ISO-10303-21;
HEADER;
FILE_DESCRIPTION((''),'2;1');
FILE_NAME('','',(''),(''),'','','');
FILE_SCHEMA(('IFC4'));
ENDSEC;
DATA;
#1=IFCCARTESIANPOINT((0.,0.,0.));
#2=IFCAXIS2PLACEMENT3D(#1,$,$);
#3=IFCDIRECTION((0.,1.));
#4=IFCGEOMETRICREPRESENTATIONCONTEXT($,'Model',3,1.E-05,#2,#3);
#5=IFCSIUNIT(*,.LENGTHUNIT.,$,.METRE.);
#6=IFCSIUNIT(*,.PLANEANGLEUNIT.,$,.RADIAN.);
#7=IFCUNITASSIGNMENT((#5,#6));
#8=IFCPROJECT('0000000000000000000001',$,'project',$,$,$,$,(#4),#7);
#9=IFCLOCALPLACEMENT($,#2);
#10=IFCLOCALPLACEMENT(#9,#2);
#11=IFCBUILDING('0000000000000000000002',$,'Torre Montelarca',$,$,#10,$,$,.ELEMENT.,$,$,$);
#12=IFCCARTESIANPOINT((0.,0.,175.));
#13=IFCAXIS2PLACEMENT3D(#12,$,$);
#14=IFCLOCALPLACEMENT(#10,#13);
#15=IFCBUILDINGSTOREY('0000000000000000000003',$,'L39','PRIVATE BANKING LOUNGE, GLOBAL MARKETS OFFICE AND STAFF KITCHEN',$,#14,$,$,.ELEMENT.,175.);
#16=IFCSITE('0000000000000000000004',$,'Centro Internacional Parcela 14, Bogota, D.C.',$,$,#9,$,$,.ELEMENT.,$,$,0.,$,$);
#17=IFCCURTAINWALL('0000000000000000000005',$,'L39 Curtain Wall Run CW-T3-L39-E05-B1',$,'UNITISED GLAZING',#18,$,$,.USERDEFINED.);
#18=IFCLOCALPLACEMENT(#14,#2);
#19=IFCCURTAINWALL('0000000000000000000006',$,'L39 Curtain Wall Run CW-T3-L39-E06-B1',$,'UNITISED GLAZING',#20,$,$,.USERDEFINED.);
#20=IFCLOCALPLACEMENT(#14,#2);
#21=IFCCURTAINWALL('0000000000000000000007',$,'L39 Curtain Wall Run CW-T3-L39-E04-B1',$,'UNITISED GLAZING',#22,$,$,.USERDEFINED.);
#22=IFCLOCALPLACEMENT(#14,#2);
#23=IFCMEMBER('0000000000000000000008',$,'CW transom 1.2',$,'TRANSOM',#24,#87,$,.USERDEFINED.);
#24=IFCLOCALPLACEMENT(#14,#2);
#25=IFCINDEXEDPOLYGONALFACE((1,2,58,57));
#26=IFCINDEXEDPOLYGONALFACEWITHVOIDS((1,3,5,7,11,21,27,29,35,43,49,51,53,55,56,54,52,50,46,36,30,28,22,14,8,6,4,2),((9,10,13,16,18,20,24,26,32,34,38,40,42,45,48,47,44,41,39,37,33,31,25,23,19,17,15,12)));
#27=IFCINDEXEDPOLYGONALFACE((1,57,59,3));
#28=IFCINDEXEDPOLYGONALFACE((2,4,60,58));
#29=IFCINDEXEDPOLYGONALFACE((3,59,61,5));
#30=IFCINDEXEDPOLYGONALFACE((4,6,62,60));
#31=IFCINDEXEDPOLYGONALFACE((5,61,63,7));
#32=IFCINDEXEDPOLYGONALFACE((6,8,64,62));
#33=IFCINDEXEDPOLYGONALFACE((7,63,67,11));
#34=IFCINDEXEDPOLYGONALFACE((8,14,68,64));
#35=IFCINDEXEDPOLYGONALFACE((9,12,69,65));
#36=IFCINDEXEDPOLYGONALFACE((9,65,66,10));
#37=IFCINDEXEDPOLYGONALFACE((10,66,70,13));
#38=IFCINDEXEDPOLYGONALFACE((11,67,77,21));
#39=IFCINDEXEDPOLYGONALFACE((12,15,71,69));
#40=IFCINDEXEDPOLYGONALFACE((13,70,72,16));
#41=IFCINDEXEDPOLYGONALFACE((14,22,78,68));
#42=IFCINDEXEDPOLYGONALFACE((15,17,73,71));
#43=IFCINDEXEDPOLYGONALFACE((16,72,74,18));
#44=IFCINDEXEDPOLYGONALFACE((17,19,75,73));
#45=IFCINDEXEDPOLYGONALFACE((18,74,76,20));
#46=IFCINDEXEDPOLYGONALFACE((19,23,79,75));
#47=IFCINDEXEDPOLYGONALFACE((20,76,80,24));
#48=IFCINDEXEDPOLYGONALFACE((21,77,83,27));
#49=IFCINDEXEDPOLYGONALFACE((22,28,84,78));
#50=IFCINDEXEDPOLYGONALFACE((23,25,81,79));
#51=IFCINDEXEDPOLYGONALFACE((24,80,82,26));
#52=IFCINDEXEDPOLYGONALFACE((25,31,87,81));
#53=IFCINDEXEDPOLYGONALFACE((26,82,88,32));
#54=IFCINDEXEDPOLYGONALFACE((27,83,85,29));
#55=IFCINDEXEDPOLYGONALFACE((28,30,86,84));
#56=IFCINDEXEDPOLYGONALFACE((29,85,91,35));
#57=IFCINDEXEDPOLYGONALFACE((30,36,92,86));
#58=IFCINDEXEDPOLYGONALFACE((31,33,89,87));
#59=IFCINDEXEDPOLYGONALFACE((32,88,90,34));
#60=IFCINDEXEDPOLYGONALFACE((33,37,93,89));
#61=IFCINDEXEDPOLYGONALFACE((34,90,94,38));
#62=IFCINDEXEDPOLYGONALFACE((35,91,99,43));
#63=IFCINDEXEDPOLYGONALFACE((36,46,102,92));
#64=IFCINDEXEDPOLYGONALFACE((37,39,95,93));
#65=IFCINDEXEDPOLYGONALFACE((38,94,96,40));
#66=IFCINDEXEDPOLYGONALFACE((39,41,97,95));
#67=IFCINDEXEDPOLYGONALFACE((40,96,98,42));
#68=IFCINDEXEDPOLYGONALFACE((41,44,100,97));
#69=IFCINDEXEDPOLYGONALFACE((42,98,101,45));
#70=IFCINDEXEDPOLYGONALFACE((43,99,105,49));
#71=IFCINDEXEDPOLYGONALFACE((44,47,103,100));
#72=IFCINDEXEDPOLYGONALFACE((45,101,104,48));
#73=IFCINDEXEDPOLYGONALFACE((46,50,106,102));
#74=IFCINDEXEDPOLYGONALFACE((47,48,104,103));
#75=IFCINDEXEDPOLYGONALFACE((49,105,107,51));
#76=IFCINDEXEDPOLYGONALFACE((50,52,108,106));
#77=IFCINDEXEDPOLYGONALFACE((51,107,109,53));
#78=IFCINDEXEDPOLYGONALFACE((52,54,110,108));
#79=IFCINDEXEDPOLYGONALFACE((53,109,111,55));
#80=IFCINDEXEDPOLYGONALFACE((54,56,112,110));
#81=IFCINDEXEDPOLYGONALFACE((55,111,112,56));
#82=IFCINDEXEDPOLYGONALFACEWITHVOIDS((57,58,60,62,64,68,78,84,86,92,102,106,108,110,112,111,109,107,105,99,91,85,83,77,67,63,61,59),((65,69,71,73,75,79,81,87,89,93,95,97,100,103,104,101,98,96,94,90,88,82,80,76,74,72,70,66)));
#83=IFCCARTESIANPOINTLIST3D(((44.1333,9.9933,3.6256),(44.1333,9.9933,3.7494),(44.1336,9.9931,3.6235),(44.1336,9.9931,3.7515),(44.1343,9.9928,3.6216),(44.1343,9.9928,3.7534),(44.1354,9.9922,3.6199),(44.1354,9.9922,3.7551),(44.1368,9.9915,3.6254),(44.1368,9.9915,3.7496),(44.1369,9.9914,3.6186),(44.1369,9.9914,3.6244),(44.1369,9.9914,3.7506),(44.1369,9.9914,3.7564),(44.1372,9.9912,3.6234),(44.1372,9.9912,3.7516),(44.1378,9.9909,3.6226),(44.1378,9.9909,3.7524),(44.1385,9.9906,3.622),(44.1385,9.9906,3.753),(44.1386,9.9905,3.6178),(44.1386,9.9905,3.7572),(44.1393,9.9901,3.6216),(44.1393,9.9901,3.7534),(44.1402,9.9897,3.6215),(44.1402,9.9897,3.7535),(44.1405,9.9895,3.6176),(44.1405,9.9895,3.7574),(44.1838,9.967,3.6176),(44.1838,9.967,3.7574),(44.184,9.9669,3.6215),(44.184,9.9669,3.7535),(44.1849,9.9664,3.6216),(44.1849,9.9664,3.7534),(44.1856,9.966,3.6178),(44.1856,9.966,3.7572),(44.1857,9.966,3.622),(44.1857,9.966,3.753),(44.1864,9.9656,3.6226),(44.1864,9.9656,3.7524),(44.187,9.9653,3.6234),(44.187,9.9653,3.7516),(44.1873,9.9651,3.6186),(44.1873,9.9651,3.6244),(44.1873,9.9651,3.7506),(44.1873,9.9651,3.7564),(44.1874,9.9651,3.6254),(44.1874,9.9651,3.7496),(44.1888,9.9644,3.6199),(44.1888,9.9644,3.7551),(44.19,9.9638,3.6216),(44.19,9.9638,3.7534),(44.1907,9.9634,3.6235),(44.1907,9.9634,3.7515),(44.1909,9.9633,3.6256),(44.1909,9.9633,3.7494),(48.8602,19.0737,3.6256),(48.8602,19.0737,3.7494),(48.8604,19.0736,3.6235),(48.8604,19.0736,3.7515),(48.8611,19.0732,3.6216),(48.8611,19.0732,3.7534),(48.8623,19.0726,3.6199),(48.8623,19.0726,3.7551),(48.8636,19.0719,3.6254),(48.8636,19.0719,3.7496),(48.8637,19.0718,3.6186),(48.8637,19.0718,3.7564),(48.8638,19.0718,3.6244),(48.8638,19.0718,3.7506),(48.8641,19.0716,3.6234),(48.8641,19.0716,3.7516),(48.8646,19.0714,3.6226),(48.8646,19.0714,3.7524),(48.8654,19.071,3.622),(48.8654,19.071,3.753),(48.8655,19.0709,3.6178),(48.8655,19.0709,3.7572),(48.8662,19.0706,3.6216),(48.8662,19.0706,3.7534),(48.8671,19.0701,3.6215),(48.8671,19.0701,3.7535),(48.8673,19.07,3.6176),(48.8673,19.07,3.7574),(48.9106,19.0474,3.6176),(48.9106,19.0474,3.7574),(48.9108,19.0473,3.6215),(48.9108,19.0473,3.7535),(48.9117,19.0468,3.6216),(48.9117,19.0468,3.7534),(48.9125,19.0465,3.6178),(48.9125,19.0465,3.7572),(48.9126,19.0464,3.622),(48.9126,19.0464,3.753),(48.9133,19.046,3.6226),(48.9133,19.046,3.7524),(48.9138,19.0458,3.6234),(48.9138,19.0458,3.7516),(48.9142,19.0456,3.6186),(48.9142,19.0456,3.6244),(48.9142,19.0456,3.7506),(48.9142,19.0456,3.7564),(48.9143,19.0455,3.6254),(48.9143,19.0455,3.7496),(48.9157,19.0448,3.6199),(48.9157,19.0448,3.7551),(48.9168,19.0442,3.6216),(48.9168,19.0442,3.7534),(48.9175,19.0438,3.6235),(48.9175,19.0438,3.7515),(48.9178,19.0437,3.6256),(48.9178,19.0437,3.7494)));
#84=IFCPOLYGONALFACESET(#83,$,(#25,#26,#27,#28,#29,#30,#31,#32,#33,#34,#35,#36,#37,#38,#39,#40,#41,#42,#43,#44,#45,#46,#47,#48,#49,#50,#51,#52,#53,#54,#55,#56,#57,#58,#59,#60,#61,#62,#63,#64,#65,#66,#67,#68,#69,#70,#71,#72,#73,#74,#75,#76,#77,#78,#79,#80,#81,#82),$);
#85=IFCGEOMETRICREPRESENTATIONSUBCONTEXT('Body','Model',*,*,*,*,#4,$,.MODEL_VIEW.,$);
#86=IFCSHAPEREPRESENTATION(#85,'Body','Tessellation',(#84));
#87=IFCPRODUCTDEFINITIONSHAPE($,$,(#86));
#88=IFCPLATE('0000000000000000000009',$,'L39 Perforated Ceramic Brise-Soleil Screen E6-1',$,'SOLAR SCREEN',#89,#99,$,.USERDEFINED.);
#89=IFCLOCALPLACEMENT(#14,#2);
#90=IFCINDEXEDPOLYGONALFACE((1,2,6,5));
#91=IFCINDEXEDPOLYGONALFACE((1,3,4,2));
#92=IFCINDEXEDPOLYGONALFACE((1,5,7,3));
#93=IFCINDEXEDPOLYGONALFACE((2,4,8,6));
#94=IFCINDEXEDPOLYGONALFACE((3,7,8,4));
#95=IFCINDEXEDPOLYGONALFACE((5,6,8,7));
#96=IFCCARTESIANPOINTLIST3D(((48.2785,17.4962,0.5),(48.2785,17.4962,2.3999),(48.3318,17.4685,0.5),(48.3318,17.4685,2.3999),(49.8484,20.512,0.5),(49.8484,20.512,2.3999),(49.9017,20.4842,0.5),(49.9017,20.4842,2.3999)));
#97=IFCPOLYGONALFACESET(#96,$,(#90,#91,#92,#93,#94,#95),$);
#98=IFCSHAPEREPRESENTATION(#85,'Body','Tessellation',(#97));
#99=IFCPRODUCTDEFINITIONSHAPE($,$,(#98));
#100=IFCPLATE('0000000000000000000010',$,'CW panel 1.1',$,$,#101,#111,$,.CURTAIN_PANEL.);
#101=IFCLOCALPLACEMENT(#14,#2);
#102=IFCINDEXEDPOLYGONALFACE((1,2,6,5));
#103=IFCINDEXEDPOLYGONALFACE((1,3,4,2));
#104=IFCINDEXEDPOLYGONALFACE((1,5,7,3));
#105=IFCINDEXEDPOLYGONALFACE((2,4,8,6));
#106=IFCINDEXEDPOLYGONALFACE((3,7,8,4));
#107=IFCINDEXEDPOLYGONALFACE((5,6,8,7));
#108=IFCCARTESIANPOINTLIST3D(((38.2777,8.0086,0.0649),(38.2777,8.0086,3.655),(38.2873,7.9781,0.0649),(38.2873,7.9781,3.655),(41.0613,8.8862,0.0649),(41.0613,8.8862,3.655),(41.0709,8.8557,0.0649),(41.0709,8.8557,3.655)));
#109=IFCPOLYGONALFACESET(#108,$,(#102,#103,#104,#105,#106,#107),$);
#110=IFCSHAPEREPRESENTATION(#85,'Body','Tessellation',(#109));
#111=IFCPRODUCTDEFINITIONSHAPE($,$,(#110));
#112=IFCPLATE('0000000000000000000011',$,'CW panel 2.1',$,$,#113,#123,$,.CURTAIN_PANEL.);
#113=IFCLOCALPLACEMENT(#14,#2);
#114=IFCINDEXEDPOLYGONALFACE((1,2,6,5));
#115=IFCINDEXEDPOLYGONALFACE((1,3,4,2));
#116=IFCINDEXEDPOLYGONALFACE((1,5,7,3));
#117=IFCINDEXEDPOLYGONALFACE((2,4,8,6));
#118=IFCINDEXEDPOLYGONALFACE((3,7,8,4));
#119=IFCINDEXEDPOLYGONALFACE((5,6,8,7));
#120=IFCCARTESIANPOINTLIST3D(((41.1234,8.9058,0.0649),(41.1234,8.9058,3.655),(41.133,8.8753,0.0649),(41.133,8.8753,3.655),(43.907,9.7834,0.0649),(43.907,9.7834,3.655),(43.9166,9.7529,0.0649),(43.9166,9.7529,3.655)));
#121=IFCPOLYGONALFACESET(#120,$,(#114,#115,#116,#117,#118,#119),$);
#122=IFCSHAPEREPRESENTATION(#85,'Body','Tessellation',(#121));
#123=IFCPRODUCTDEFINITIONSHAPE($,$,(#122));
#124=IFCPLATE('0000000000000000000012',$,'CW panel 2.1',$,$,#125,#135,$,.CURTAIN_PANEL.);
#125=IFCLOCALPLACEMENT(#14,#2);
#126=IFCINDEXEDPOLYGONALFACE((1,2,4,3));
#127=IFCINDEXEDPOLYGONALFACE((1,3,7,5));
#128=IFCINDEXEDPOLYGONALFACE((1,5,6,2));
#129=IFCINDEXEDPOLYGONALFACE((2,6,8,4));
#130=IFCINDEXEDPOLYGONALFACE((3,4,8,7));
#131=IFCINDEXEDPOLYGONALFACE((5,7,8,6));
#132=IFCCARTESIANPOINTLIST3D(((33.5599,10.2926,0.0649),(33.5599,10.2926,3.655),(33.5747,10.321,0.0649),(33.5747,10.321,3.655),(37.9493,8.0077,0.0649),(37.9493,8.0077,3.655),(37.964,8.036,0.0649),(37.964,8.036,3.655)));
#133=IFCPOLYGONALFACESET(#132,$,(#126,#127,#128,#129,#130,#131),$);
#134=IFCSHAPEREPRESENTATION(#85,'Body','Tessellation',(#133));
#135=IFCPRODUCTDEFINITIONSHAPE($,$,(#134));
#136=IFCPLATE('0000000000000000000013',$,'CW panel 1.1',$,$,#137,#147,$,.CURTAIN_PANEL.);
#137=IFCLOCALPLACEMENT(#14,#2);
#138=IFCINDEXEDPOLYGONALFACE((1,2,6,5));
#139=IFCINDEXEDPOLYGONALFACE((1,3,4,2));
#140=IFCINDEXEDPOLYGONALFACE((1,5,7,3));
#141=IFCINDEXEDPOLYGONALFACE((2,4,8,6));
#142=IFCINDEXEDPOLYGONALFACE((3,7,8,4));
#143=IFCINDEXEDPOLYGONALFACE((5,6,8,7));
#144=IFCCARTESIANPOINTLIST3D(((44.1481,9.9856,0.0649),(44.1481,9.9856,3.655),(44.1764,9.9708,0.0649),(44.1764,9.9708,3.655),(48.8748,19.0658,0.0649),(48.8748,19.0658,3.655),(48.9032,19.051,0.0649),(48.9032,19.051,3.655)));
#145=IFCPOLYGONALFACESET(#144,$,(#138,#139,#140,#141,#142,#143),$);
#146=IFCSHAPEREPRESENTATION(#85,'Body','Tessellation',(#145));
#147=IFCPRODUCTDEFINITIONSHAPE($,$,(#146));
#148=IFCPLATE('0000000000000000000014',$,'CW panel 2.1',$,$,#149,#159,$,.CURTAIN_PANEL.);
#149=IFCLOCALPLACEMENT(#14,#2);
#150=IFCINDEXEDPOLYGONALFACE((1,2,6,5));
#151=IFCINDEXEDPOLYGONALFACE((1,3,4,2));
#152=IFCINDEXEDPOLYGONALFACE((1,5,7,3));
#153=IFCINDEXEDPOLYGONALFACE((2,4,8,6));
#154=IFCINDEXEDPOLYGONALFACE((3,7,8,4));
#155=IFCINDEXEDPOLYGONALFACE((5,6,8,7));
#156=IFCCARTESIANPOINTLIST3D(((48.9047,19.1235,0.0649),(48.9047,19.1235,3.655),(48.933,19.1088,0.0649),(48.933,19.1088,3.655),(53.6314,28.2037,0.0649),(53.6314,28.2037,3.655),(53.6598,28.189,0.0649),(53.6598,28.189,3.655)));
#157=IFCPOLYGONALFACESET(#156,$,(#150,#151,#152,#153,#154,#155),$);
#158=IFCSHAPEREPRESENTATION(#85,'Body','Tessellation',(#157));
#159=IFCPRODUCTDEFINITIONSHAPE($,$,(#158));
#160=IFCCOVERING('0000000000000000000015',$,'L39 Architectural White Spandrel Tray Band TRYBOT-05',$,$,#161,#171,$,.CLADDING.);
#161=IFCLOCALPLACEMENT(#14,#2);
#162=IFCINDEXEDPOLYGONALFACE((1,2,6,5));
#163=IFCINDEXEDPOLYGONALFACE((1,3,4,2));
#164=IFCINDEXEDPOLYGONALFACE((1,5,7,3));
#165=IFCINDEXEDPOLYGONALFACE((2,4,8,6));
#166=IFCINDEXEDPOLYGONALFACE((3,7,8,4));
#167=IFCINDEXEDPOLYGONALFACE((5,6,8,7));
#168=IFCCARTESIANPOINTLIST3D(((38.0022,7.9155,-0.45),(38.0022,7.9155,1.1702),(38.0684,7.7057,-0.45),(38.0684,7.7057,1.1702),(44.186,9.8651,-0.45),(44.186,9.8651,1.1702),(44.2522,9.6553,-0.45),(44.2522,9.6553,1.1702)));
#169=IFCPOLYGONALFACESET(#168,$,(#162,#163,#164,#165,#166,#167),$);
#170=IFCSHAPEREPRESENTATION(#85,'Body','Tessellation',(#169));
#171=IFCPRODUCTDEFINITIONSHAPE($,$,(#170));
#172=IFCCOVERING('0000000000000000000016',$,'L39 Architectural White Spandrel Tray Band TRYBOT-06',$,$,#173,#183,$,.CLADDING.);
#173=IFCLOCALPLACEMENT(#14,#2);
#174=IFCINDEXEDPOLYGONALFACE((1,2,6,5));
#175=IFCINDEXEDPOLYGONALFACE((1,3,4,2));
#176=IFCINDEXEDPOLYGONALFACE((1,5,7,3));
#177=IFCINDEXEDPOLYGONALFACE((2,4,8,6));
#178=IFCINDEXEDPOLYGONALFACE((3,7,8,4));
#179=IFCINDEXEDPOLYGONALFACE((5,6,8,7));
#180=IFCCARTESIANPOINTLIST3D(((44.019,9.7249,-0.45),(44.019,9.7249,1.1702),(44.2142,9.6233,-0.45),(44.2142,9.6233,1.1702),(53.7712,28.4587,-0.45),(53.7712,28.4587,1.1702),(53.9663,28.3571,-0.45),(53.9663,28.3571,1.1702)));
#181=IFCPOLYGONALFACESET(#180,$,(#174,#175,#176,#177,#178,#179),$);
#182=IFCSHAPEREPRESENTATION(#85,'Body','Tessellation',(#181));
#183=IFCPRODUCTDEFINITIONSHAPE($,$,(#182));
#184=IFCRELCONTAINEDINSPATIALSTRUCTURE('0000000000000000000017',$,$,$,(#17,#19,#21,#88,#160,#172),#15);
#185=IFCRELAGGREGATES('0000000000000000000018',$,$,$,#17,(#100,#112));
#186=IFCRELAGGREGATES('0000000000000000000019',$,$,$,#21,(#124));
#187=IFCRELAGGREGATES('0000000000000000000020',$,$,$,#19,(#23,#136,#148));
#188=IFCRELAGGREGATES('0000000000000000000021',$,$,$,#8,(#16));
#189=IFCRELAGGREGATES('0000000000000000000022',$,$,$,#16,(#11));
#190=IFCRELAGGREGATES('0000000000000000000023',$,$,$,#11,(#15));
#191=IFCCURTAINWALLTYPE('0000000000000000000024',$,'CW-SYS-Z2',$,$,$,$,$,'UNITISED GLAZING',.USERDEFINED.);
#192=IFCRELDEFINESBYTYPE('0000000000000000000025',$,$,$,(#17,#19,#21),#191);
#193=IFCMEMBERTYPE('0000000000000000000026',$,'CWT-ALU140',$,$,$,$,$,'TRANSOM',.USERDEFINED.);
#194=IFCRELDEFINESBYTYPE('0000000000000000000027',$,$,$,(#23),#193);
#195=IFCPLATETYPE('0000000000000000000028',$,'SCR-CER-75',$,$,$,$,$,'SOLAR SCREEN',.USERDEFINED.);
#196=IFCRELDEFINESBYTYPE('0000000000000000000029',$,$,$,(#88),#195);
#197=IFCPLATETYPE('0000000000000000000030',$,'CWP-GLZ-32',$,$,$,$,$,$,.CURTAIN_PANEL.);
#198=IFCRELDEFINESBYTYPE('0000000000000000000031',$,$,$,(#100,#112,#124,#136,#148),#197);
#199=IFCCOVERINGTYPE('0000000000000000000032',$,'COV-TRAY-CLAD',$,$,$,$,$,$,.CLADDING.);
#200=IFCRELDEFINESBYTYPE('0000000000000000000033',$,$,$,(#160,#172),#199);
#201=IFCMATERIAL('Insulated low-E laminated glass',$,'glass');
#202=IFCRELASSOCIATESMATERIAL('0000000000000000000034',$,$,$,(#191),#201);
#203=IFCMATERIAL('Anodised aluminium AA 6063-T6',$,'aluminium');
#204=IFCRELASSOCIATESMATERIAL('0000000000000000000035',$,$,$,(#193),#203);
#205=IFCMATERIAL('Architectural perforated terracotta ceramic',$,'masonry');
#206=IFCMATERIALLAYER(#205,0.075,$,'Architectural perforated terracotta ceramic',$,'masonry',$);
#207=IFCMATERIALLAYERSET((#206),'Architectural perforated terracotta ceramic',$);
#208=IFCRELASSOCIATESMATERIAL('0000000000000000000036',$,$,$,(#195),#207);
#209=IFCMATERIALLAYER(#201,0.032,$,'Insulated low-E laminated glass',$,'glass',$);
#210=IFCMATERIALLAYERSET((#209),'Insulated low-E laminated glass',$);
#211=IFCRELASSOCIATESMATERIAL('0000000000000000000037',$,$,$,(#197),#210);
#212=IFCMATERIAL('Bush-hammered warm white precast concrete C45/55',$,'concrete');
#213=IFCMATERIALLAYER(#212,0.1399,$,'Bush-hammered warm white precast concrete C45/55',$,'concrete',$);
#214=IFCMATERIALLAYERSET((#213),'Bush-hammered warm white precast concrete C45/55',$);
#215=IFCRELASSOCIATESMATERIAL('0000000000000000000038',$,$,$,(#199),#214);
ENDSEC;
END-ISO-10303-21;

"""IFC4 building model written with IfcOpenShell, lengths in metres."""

from ifc_helpers import new_model, si_unit, direction, frame, origin, origin_2d, place, context, subcontext, project, spatial, rectangle, hollow_rectangle, extrude, source, transform, mapped, material, layer, layer_set, material_profile, profile_set, type_object, element, aggregate, save


model = new_model("IFC4")

# Units and contexts
model_context = context("Model", 3, precision=1e-05, world=origin(), true_north=direction((0.0, 1.0)))
body_context = subcontext(model_context, "Body", "Model", "MODEL_VIEW")
ifc_project = project(units=[si_unit("LENGTHUNIT", "METRE"), si_unit("PLANEANGLEUNIT", "RADIAN")], contexts=[model_context])

# Site, building, storey
site_placement = place(None, origin())
site = spatial("IfcSite", under=ifc_project, at=site_placement, Name="Centro Internacional Parcela 14, Bogota, D.C.", CompositionType="ELEMENT", RefElevation=0.0)
building_placement = place(site_placement, origin())
building = spatial("IfcBuilding", under=site, at=building_placement, Name="Torre Montelarca", CompositionType="ELEMENT")
storey_placement = place(building_placement, frame((0.0, 0.0, 175.0)))
storey = spatial("IfcBuildingStorey", under=building, at=storey_placement, Name="L39", Description="PRIVATE BANKING LOUNGE, GLOBAL MARKETS OFFICE AND STAFF KITCHEN", CompositionType="ELEMENT", Elevation=175.0)

# Curtain walls
ifc_material_1 = material(Name="Insulated low-E laminated glass", Category="glass")
curtain_wall_type = type_object("IfcCurtainWallType", Name="CW-SYS-Z2", ElementType="UNITISED GLAZING", PredefinedType="USERDEFINED", material=ifc_material_1)
curtain_wall_1_placement = place(storey_placement, origin())
curtain_wall_1 = element("IfcCurtainWall", 1, at=curtain_wall_1_placement, inside=storey, type_object=curtain_wall_type, Name="L39 Curtain Wall Run CW-T3-L39-E05-B1", ObjectType="UNITISED GLAZING", PredefinedType="USERDEFINED")
ifc_material_2 = material(Name="Anodised aluminium AA 6063-T6", Category="aluminium")
ifc_material_profile_1 = material_profile(ifc_material_2, hollow_rectangle(XDim=0.0649, YDim=0.1399, WallThickness=0.0039, InnerFilletRadius=0.0039, OuterFilletRadius=0.0081, at=origin_2d()), Name="ALU65X140X4", Category="aluminium")
ifc_profile_set_1 = profile_set([ifc_material_profile_1], Name="Anodised aluminium AA 6063-T6")
member_type_1 = type_object("IfcMemberType", Name="CWT-ALU140", ElementType="TRANSOM", PredefinedType="USERDEFINED", material=ifc_profile_set_1)
curtain_wall_2_placement = place(storey_placement, origin())
curtain_wall_2 = element("IfcCurtainWall", 2, at=curtain_wall_2_placement, inside=storey, type_object=curtain_wall_type, Name="L39 Curtain Wall Run CW-T3-L39-E06-B1", ObjectType="UNITISED GLAZING", PredefinedType="USERDEFINED")

# Curtain wall
curtain_wall_3_placement = place(storey_placement, origin())
curtain_wall_3 = element("IfcCurtainWall", 3, at=curtain_wall_3_placement, inside=storey, type_object=curtain_wall_type, Name="L39 Curtain Wall Run CW-T3-L39-E04-B1", ObjectType="UNITISED GLAZING", PredefinedType="USERDEFINED")

# Member
shared_shape_1 = source(origin(), body_context, "Body", "SweptSolid", [
    extrude(hollow_rectangle(XDim=0.0649, YDim=0.1399, WallThickness=0.0039, InnerFilletRadius=0.0039, OuterFilletRadius=0.0081, at=origin_2d()), origin(), (0.0, 0.0, 1.0), 10.2371),
])
member_1_placement = place(storey_placement, frame((44.1621, 9.9783, 3.6875), z_axis=(0.46174, 0.887015, 0.0), x_axis=(-0.887015, 0.46174, 0.0)))
member_1 = element("IfcMember", 4, at=member_1_placement, type_object=member_type_1, Name="CW transom 1.2", ObjectType="TRANSOM", PredefinedType="USERDEFINED", context=body_context, shape_type="MappedRepresentation", body=[
    mapped(shared_shape_1, transform((0.0, 0.0, 0.0), scale=1.0)),
])

# Plates
ifc_material_3 = material(Name="Architectural perforated terracotta ceramic", Category="masonry")
ifc_layer_1 = layer(ifc_material_3, 0.075, Name="Architectural perforated terracotta ceramic", Category="masonry")
ifc_layer_set_1 = layer_set([ifc_layer_1], Name="Architectural perforated terracotta ceramic")
plate_type_1 = type_object("IfcPlateType", Name="SCR-CER-75", ElementType="SOLAR SCREEN", PredefinedType="USERDEFINED", material=ifc_layer_set_1)
shared_shape_2 = source(origin(), body_context, "Body", "SweptSolid", [
    extrude(rectangle(XDim=3.3999, YDim=0.0601, at=origin_2d()), origin(), (0.0, 0.0, 1.0), 1.8999),
])
plate_1_placement = place(storey_placement, frame((49.0901, 18.9902, 0.5), z_axis=(0.0, 0.0, 1.0), x_axis=(0.461747, 0.887012, 0.0)))
element("IfcPlate", 5, at=plate_1_placement, inside=storey, type_object=plate_type_1, Name="L39 Perforated Ceramic Brise-Soleil Screen E6-1", ObjectType="SOLAR SCREEN", PredefinedType="USERDEFINED", context=body_context, shape_type="MappedRepresentation", body=[
    mapped(shared_shape_2, transform((0.0, 0.0, 0.0), scale=1.0)),
])
ifc_layer_2 = layer(ifc_material_1, 0.032, Name="Insulated low-E laminated glass", Category="glass")
ifc_layer_set_2 = layer_set([ifc_layer_2], Name="Insulated low-E laminated glass")
plate_type_2 = type_object("IfcPlateType", Name="CWP-GLZ-32", PredefinedType="CURTAIN_PANEL", material=ifc_layer_set_2)
shared_shape_3 = source(origin(), body_context, "Body", "SweptSolid", [
    extrude(rectangle(XDim=2.9187, YDim=0.032, at=origin_2d()), origin(), (0.0, 0.0, 1.0), 3.5901),
])
plate_2_placement = place(storey_placement, frame((39.6743, 8.4321, 0.0649), z_axis=(0.0, 0.0, 1.0), x_axis=(0.953725, 0.300679, 0.0)))
plate_2 = element("IfcPlate", 6, at=plate_2_placement, type_object=plate_type_2, Name="CW panel 1.1", PredefinedType="CURTAIN_PANEL", context=body_context, shape_type="MappedRepresentation", body=[
    mapped(shared_shape_3, transform((0.0, 0.0, 0.0), scale=1.0)),
])
plate_3_placement = place(storey_placement, frame((42.52, 9.3293, 0.0649), z_axis=(0.0, 0.0, 1.0), x_axis=(0.953725, 0.300679, 0.0)))
plate_3 = element("IfcPlate", 7, at=plate_3_placement, type_object=plate_type_2, Name="CW panel 2.1", PredefinedType="CURTAIN_PANEL", context=body_context, shape_type="MappedRepresentation", body=[
    mapped(shared_shape_3, transform((0.0, 0.0, 0.0), scale=1.0)),
])
aggregate(curtain_wall_1, [plate_2, plate_3])
shared_shape_4 = source(origin(), body_context, "Body", "SweptSolid", [
    extrude(rectangle(XDim=4.9485, YDim=0.032, at=origin_2d()), origin(), (0.0, 0.0, 1.0), 3.5901),
])
plate_4_placement = place(storey_placement, frame((35.762, 9.1643, 0.0649), z_axis=(0.0, 0.0, 1.0), x_axis=(0.887013, -0.461744, 0.0)))
plate_4 = element("IfcPlate", 8, at=plate_4_placement, type_object=plate_type_2, Name="CW panel 2.1", PredefinedType="CURTAIN_PANEL", context=body_context, shape_type="MappedRepresentation", body=[
    mapped(shared_shape_4, transform((0.0, 0.0, 0.0), scale=1.0)),
])
aggregate(curtain_wall_3, [plate_4])
shared_shape_5 = source(origin(), body_context, "Body", "SweptSolid", [
    extrude(rectangle(XDim=10.2368, YDim=0.032, at=origin_2d()), origin(), (0.0, 0.0, 1.0), 3.5901),
])
plate_5_placement = place(storey_placement, frame((46.5256, 14.5183, 0.0649), z_axis=(0.0, 0.0, 1.0), x_axis=(0.461743, 0.887014, 0.0)))
plate_5 = element("IfcPlate", 9, at=plate_5_placement, type_object=plate_type_2, Name="CW panel 1.1", PredefinedType="CURTAIN_PANEL", context=body_context, shape_type="MappedRepresentation", body=[
    mapped(shared_shape_5, transform((0.0, 0.0, 0.0), scale=1.0)),
])
plate_6_placement = place(storey_placement, frame((51.2822, 23.6562, 0.0649), z_axis=(0.0, 0.0, 1.0), x_axis=(0.461743, 0.887014, 0.0)))
plate_6 = element("IfcPlate", 10, at=plate_6_placement, type_object=plate_type_2, Name="CW panel 2.1", PredefinedType="CURTAIN_PANEL", context=body_context, shape_type="MappedRepresentation", body=[
    mapped(shared_shape_5, transform((0.0, 0.0, 0.0), scale=1.0)),
])
aggregate(curtain_wall_2, [member_1, plate_5, plate_6])

# Coverings
ifc_material_4 = material(Name="Bush-hammered warm white precast concrete C45/55", Category="concrete")
ifc_layer_3 = layer(ifc_material_4, 0.1399, Name="Bush-hammered warm white precast concrete C45/55", Category="concrete")
ifc_layer_set_3 = layer_set([ifc_layer_3], Name="Bush-hammered warm white precast concrete C45/55")
covering_type = type_object("IfcCoveringType", Name="COV-TRAY-CLAD", PredefinedType="CLADDING", material=ifc_layer_set_3)
shared_shape_6 = source(origin(), body_context, "Body", "SweptSolid", [
    extrude(rectangle(XDim=6.4839, YDim=0.22, at=origin_2d()), origin(), (0.0, 0.0, 1.0), 1.6201),
])
covering_1_placement = place(storey_placement, frame((41.1272, 8.7854, -0.45), z_axis=(0.0, 0.0, 1.0), x_axis=(0.953722, 0.300691, 0.0)))
element("IfcCovering", 11, at=covering_1_placement, inside=storey, type_object=covering_type, Name="L39 Architectural White Spandrel Tray Band TRYBOT-05", PredefinedType="CLADDING", context=body_context, shape_type="MappedRepresentation", body=[
    mapped(shared_shape_6, transform((0.0, 0.0, 0.0), scale=1.0)),
])
shared_shape_7 = source(origin(), body_context, "Body", "SweptSolid", [
    extrude(rectangle(XDim=21.1201, YDim=0.22, at=origin_2d()), origin(), (0.0, 0.0, 1.0), 1.6201),
])
covering_2_placement = place(storey_placement, frame((48.9927, 19.041, -0.45), z_axis=(0.0, 0.0, 1.0), x_axis=(0.461747, 0.887012, 0.0)))
element("IfcCovering", 12, at=covering_2_placement, inside=storey, type_object=covering_type, Name="L39 Architectural White Spandrel Tray Band TRYBOT-06", PredefinedType="CLADDING", context=body_context, shape_type="MappedRepresentation", body=[
    mapped(shared_shape_7, transform((0.0, 0.0, 0.0), scale=1.0)),
])

save(model, "model.ifc")
